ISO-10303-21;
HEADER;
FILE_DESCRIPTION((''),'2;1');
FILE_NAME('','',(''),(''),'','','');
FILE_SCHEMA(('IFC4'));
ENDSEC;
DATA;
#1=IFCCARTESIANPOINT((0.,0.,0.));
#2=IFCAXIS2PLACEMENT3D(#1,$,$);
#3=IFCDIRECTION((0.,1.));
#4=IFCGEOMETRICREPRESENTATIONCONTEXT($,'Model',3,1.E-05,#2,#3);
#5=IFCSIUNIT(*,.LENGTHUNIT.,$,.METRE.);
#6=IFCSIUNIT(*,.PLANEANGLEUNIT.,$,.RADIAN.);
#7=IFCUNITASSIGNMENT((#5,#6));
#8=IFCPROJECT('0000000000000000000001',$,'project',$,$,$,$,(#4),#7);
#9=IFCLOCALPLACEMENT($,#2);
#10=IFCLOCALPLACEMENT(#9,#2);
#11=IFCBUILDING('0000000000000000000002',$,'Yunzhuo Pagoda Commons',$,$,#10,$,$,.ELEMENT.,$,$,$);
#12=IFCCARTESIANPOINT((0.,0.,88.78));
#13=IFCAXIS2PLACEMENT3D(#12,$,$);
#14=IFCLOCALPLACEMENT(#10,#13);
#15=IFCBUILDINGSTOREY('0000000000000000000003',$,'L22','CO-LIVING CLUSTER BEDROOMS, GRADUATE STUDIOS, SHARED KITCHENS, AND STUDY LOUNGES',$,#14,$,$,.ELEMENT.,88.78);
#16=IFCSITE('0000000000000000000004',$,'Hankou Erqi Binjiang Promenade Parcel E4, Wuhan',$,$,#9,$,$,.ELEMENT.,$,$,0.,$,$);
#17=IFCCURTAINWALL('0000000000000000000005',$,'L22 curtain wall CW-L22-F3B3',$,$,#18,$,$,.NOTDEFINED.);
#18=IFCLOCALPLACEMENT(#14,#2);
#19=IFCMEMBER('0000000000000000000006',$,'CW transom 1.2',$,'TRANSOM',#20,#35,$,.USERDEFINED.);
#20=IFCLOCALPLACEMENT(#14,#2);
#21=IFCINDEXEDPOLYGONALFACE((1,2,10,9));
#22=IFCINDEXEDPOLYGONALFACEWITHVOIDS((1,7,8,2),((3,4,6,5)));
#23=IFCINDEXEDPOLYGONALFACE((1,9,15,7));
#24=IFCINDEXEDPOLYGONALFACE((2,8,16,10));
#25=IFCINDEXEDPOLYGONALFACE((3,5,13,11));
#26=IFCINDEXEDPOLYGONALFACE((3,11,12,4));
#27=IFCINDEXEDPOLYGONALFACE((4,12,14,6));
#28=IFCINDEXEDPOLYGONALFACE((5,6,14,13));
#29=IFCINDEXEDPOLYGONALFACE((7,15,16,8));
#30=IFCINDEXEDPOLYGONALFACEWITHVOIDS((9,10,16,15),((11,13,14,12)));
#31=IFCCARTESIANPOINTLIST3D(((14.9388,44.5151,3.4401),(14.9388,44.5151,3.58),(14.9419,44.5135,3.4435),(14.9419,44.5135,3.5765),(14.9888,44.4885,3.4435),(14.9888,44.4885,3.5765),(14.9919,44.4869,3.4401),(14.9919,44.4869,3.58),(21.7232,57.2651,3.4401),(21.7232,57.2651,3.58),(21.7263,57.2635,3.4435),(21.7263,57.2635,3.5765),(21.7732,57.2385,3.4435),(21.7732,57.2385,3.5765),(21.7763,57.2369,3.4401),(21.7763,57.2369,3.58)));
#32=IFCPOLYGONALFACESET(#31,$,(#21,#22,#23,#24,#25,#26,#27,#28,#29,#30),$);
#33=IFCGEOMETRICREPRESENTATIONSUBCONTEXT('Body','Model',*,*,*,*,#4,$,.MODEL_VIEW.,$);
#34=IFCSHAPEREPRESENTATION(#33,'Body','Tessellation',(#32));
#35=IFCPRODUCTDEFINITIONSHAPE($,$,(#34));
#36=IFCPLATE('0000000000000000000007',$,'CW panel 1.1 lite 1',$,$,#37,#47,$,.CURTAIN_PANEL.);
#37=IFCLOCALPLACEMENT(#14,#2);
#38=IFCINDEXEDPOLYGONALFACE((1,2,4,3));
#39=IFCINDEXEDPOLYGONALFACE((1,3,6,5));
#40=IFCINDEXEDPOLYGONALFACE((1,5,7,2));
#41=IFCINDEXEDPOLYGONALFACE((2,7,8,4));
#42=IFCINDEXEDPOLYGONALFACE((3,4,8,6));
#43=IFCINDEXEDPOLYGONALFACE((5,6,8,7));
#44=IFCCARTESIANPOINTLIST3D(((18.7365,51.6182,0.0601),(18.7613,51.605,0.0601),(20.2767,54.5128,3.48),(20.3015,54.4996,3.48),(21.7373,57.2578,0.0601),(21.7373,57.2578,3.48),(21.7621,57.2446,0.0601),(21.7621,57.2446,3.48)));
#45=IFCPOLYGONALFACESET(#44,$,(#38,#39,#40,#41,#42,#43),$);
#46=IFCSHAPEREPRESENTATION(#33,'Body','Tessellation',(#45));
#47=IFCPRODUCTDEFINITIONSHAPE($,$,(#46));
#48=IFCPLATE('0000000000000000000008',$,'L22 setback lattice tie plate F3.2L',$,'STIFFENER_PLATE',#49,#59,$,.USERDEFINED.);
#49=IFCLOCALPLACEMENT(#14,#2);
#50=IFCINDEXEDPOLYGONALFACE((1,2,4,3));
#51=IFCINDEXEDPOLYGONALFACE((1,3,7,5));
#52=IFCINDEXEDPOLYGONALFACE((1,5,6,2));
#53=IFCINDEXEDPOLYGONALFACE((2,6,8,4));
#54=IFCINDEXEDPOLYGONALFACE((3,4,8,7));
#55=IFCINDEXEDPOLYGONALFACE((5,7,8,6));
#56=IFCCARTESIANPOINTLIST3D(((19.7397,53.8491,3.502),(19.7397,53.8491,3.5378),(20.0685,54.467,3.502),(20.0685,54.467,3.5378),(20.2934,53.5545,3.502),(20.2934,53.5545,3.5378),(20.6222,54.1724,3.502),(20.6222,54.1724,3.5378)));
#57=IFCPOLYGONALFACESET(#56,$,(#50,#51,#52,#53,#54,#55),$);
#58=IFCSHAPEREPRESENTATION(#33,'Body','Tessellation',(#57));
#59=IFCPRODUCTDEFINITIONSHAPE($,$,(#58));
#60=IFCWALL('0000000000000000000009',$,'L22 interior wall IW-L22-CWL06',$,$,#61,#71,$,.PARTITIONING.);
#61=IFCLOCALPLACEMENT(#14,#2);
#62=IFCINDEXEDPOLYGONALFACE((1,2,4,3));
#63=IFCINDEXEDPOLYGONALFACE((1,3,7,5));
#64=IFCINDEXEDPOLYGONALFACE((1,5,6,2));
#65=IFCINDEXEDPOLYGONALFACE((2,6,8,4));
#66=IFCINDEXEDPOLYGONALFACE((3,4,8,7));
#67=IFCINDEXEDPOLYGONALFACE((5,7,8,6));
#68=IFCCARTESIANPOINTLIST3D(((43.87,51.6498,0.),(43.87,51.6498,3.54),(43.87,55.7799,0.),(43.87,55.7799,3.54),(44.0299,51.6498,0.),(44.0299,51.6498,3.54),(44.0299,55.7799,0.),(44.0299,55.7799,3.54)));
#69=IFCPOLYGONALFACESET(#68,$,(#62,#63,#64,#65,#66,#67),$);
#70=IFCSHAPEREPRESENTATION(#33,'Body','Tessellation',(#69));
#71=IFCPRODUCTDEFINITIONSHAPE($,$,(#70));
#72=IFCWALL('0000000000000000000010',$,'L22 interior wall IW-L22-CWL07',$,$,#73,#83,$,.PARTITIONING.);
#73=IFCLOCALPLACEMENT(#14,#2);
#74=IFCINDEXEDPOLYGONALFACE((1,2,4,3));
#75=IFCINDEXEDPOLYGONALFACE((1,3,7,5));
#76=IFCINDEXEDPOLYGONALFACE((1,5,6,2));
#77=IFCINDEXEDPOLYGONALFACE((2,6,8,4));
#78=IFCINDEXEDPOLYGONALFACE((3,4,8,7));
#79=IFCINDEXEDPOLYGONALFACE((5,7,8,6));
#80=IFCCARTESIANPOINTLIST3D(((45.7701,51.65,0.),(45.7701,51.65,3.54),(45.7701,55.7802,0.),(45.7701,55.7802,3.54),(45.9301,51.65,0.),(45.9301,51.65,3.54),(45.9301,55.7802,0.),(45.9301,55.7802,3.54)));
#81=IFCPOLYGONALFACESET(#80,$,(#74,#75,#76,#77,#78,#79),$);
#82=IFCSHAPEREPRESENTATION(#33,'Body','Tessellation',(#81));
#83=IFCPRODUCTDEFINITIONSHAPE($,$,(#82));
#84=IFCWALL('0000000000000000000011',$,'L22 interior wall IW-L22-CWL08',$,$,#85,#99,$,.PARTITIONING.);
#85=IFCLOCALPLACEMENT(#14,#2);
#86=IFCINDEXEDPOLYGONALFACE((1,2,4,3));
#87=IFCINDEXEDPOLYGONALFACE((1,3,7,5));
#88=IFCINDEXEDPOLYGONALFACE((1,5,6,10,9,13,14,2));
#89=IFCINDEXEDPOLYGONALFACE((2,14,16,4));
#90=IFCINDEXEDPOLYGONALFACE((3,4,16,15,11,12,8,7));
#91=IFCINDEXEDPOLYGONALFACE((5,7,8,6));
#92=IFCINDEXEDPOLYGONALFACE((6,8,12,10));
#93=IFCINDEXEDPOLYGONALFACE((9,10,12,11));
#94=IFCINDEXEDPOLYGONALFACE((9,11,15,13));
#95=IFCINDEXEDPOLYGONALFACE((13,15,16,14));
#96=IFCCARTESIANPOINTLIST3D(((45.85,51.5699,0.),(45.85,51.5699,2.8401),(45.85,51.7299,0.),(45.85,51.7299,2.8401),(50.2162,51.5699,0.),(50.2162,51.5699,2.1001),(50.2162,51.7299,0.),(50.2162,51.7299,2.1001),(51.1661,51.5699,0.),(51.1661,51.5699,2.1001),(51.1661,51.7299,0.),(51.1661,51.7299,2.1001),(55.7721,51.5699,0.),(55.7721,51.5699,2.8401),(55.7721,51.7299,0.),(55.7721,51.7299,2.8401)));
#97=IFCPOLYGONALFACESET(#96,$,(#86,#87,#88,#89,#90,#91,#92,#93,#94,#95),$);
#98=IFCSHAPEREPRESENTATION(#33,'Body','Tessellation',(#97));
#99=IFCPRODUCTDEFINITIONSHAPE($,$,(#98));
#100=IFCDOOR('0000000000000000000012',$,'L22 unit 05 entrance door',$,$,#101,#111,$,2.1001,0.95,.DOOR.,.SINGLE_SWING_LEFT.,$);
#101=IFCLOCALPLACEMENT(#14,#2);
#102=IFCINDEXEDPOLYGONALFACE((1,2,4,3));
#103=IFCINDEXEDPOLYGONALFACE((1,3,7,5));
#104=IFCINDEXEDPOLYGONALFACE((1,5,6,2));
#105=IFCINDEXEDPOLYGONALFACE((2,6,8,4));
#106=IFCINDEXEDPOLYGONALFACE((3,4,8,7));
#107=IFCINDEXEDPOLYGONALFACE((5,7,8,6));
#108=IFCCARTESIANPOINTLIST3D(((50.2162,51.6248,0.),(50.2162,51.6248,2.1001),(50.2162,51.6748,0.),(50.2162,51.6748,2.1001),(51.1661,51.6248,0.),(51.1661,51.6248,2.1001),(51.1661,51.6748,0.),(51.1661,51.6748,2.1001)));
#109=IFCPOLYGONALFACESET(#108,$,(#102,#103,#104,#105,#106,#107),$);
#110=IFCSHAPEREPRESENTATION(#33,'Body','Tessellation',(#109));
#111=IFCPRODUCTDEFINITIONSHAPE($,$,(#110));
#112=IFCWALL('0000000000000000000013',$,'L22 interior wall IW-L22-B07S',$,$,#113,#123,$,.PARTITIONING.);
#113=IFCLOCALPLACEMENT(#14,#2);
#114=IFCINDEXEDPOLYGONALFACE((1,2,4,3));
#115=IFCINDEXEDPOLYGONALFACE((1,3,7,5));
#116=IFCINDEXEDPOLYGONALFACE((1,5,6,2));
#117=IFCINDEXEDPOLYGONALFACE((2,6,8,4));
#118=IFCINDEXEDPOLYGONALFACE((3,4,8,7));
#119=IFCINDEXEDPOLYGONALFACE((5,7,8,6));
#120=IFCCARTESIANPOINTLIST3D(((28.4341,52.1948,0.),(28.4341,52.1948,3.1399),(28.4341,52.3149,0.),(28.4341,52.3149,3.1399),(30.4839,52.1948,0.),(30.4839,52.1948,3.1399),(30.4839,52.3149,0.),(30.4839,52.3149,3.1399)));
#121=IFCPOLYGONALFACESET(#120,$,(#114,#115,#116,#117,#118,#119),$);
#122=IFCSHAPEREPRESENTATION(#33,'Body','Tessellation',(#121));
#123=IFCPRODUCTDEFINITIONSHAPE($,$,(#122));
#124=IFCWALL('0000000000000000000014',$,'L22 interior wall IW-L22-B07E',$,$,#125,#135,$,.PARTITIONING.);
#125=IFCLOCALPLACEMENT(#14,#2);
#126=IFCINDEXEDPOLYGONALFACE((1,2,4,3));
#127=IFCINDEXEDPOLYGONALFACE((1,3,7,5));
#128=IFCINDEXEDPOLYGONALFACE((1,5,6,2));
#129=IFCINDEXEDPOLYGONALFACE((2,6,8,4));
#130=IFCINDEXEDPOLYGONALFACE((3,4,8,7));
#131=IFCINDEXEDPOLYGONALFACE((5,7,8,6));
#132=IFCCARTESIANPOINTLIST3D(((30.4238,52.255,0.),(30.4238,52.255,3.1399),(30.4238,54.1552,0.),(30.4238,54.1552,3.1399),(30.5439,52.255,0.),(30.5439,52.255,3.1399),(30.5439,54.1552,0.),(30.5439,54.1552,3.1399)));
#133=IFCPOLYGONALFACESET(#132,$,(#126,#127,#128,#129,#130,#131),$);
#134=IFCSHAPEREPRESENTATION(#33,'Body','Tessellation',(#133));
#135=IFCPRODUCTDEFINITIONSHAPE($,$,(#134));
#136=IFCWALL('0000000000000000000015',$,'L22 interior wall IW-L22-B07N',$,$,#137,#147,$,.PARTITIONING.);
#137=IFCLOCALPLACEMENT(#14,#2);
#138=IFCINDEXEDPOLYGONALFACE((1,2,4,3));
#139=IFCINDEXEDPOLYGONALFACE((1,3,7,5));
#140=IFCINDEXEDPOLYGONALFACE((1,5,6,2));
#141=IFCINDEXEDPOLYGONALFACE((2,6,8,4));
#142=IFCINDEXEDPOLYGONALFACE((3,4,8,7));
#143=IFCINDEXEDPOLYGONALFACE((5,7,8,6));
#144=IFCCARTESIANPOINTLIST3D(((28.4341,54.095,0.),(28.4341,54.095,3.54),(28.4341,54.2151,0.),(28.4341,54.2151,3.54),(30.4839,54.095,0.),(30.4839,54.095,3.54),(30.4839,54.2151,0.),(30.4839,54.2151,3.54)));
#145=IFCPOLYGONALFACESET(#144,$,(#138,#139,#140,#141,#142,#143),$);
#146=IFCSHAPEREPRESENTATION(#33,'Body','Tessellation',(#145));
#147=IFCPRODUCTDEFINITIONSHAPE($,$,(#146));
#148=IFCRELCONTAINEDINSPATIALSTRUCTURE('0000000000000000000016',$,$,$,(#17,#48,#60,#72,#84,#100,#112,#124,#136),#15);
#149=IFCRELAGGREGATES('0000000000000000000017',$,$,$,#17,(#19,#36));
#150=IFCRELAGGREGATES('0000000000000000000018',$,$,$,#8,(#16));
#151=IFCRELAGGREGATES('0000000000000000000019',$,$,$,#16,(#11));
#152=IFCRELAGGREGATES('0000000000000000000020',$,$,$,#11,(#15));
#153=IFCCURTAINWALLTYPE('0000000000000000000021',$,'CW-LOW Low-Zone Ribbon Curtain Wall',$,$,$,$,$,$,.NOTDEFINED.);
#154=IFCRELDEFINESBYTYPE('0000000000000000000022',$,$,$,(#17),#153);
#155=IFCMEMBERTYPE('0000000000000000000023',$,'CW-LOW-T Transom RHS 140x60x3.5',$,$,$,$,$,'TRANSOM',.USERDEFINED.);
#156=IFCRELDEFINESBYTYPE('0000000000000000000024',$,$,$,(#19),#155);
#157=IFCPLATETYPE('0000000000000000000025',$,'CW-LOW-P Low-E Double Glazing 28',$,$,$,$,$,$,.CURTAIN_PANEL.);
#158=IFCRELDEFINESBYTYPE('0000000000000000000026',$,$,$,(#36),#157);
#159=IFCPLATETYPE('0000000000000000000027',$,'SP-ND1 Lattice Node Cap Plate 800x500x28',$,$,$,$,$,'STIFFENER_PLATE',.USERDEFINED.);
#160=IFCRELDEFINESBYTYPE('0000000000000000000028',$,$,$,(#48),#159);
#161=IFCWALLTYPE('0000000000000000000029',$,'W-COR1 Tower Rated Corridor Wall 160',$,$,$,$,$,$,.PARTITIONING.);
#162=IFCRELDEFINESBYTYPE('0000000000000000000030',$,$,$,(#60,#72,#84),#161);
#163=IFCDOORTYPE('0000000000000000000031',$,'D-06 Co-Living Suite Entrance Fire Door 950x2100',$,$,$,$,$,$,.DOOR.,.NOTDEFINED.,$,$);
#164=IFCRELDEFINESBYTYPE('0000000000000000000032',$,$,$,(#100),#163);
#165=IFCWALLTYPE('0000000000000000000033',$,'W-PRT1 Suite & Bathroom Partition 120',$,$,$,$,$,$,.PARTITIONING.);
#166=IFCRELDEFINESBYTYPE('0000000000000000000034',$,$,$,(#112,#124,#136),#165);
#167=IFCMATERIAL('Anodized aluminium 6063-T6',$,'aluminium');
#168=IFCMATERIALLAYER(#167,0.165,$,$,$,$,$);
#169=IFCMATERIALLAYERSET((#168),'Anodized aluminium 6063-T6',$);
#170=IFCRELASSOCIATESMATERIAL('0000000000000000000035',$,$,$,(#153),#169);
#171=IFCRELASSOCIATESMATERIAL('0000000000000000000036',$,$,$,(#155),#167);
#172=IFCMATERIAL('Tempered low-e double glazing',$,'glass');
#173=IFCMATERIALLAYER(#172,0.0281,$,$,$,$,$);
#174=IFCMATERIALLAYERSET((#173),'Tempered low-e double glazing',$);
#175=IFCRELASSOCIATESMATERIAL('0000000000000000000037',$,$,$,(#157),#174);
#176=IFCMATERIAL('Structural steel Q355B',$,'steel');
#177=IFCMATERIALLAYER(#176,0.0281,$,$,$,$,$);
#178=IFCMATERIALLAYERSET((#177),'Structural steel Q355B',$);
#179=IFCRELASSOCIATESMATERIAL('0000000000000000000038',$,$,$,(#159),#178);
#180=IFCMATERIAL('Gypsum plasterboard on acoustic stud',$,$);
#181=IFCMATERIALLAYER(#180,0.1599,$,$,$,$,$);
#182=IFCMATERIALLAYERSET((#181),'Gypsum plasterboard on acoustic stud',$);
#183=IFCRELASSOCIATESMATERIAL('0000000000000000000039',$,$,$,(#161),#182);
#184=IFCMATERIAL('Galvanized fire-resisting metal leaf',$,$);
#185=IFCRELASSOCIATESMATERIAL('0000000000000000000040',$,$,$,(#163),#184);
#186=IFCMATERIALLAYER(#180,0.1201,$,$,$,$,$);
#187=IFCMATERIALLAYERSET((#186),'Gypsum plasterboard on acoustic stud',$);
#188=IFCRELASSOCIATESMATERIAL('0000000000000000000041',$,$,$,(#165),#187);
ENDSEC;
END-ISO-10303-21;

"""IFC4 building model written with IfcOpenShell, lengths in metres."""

from ifc_helpers import new_model, si_unit, direction, frame, frame_2d, origin, origin_with_axes, origin_2d, place, context, subcontext, project, spatial, polyline, rectangle, hollow_rectangle, outline, extrude, source, transform, mapped, material, layer, layer_set, material_profile, profile_set, type_object, element, fill, aggregate, save


model = new_model("IFC4")

# Units and contexts
model_context = context("Model", 3, precision=1e-05, world=origin(), true_north=direction((0.0, 1.0)))
body_context = subcontext(model_context, "Body", "Model", "MODEL_VIEW")
ifc_project = project(units=[si_unit("LENGTHUNIT", "METRE"), si_unit("PLANEANGLEUNIT", "RADIAN")], contexts=[model_context])

# Site, building, storey
site_placement = place(None, origin())
site = spatial("IfcSite", under=ifc_project, at=site_placement, Name="Hankou Erqi Binjiang Promenade Parcel E4, Wuhan", CompositionType="ELEMENT", RefElevation=0.0)
building_placement = place(site_placement, origin())
building = spatial("IfcBuilding", under=site, at=building_placement, Name="Yunzhuo Pagoda Commons", CompositionType="ELEMENT")
storey_placement = place(building_placement, frame((0.0, 0.0, 88.78)))
storey = spatial("IfcBuildingStorey", under=building, at=storey_placement, Name="L22", Description="CO-LIVING CLUSTER BEDROOMS, GRADUATE STUDIOS, SHARED KITCHENS, AND STUDY LOUNGES", CompositionType="ELEMENT", Elevation=88.78)

# Shared definitions
ifc_material_1 = material(Name="Structural steel Q355B", Category="steel")

# Shared definitions
ifc_material_2 = material(Name="Anodized aluminium 6063-T6", Category="aluminium")
ifc_layer_1 = layer(ifc_material_2, 0.165)
ifc_layer_set_1 = layer_set([ifc_layer_1], Name="Anodized aluminium 6063-T6")
curtain_wall_type = type_object("IfcCurtainWallType", Name="CW-LOW Low-Zone Ribbon Curtain Wall", PredefinedType="NOTDEFINED", material=ifc_layer_set_1)

# Curtain wall, member, plate
curtain_wall_1_placement = place(storey_placement, origin())
curtain_wall_1 = element("IfcCurtainWall", 1, at=curtain_wall_1_placement, inside=storey, type_object=curtain_wall_type, Name="L22 curtain wall CW-L22-F3B3", PredefinedType="NOTDEFINED")
ifc_material_profile_1 = material_profile(ifc_material_2, hollow_rectangle(XDim=0.0601, YDim=0.1399, WallThickness=0.0034, at=origin_2d()), Name="Anodized aluminium 6063-T6")
ifc_profile_set_1 = profile_set([ifc_material_profile_1], Name="Anodized aluminium 6063-T6")
member_type_1 = type_object("IfcMemberType", Name="CW-LOW-T Transom RHS 140x60x3.5", ElementType="TRANSOM", PredefinedType="USERDEFINED", material=ifc_profile_set_1)
shared_shape_1 = source(origin(), body_context, "Body", "SweptSolid", [
    extrude(hollow_rectangle(XDim=0.0601, YDim=0.1399, WallThickness=0.0034, at=origin_2d()), origin(), (0.0, 0.0, 1.0), 14.4426),
])
member_1_placement = place(storey_placement, frame((21.7498, 57.251, 3.51), z_axis=(-0.469748, -0.8828, 0.0), x_axis=(0.8828, -0.469748, 0.0)))
member_1 = element("IfcMember", 2, at=member_1_placement, type_object=member_type_1, Name="CW transom 1.2", ObjectType="TRANSOM", PredefinedType="USERDEFINED", context=body_context, shape_type="MappedRepresentation", body=[
    mapped(shared_shape_1, transform((0.0, 0.0, 0.0), scale=1.0)),
])
ifc_material_3 = material(Name="Tempered low-e double glazing", Category="glass")
ifc_layer_2 = layer(ifc_material_3, 0.0281)
ifc_layer_set_2 = layer_set([ifc_layer_2], Name="Tempered low-e double glazing")
plate_type_1 = type_object("IfcPlateType", Name="CW-LOW-P Low-E Double Glazing 28", PredefinedType="CURTAIN_PANEL", material=ifc_layer_set_2)
plate_1_placement = place(storey_placement, frame((20.2617, 54.4248, 1.77), z_axis=(-0.882805, 0.46974, 0.0), x_axis=(-0.46974, -0.882805, 0.0)))
plate_1 = element("IfcPlate", 3, at=plate_1_placement, type_object=plate_type_1, Name="CW panel 1.1 lite 1", PredefinedType="CURTAIN_PANEL", context=body_context, shape_type="SweptSolid", body=[
    extrude(outline(polyline([(-3.1941, -1.71), (3.1941, -1.71), (-0.0847, 1.71), (-3.1941, 1.71), (-3.1941, -1.71)])), origin(), (0.0, 0.0, 1.0), 0.0281),
])
aggregate(curtain_wall_1, [member_1, plate_1])

# Plate
ifc_layer_3 = layer(ifc_material_1, 0.0281)
ifc_layer_set_3 = layer_set([ifc_layer_3], Name="Structural steel Q355B")
plate_type_2 = type_object("IfcPlateType", Name="SP-ND1 Lattice Node Cap Plate 800x500x28", ElementType="STIFFENER_PLATE", PredefinedType="USERDEFINED", material=ifc_layer_set_3)
shared_shape_2 = source(origin(), body_context, "Body", "SweptSolid", [
    extrude(rectangle(XDim=0.7, YDim=0.6272, at=origin_2d()), origin(), (0.0, 0.0, 1.0), 0.0359),
])
plate_2_placement = place(storey_placement, frame((20.1809, 54.0107, 3.502), z_axis=(0.0, 0.0, 1.0), x_axis=(-0.469734, -0.882808, 0.0)))
element("IfcPlate", 4, at=plate_2_placement, inside=storey, type_object=plate_type_2, Name="L22 setback lattice tie plate F3.2L", ObjectType="STIFFENER_PLATE", PredefinedType="USERDEFINED", context=body_context, shape_type="MappedRepresentation", body=[
    mapped(shared_shape_2, transform((0.0, 0.0, 0.0), scale=1.0)),
])

# Walls
ifc_material_4 = material(Name="Gypsum plasterboard on acoustic stud")
ifc_layer_4 = layer(ifc_material_4, 0.1599)
ifc_layer_set_4 = layer_set([ifc_layer_4], Name="Gypsum plasterboard on acoustic stud")
wall_type_1 = type_object("IfcWallType", Name="W-COR1 Tower Rated Corridor Wall 160", PredefinedType="PARTITIONING", material=ifc_layer_set_4)
for number, where, z_axis, x_axis, name in (
    (5, (43.95, 51.6499, 0.0), (0.0, 0.0, 1.0), (0.0, 1.0, 0.0), "L22 interior wall IW-L22-CWL06"),
    (6, (45.8501, 55.78, 0.0), (0.0, 0.0, 1.0), (0.0, -1.0, 0.0), "L22 interior wall IW-L22-CWL07"),
):
    element("IfcWall", number, at=place(storey_placement, frame(where, z_axis=z_axis, x_axis=x_axis)), inside=storey, type_object=wall_type_1, Name=name, PredefinedType="PARTITIONING", context=body_context, shape_type="SweptSolid", body=[
        extrude(rectangle(XDim=4.1301, YDim=0.1599, at=frame_2d((2.0649, 0.0))), origin(), (0.0, 0.0, 1.0), 3.54),
    ])

# Wall, opening, door
wall_1_placement = place(storey_placement, frame((45.8501, 51.6499, 0.0), z_axis=(0.0, 0.0, 1.0), x_axis=(1.0, 0.0, 0.0)))
wall_1 = element("IfcWall", 7, at=wall_1_placement, inside=storey, type_object=wall_type_1, Name="L22 interior wall IW-L22-CWL08", PredefinedType="PARTITIONING", context=body_context, shape_type="SweptSolid", body=[
    extrude(rectangle(XDim=9.9221, YDim=0.1599, at=frame_2d((4.9609, 0.0))), origin(), (0.0, 0.0, 1.0), 2.8401),
])
opening_1_placement = place(wall_1_placement, frame((4.366, 0.0, 0.0)))
opening_1 = element("IfcOpeningElement", 8, at=opening_1_placement, cuts=wall_1, PredefinedType="OPENING", context=body_context, shape_type="SweptSolid", body=[
    extrude(rectangle(XDim=0.95, YDim=2.1001, at=frame_2d((0.4751, 1.05))), frame((0.0, 0.0898, 0.0), z_axis=(0.0, -1.0, 0.0), x_axis=(1.0, 0.0, 0.0)), (0.0, 0.0, 1.0), 0.1799),
])
ifc_material_5 = material(Name="Galvanized fire-resisting metal leaf")
door_type_1 = type_object("IfcDoorType", Name="D-06 Co-Living Suite Entrance Fire Door 950x2100", OperationType="NOTDEFINED", PredefinedType="DOOR", material=ifc_material_5)
shared_shape_3 = source(origin(), body_context, "Body", "SweptSolid", [
    extrude(rectangle(XDim=0.95, YDim=2.1001, at=frame_2d((0.4751, 1.05))), frame((0.0, 0.0249, 0.0), z_axis=(0.0, -1.0, 0.0), x_axis=(1.0, 0.0, 0.0)), (0.0, 0.0, 1.0), 0.05),
])
door_1_placement = place(opening_1_placement, origin_with_axes())
door_1 = element("IfcDoor", 9, at=door_1_placement, inside=storey, type_object=door_type_1, Name="L22 unit 05 entrance door", OperationType="SINGLE_SWING_LEFT", OverallHeight=2.1001, OverallWidth=0.95, PredefinedType="DOOR", context=body_context, shape_type="MappedRepresentation", body=[
    mapped(shared_shape_3, transform((0.0, 0.0, 0.0), scale=1.0)),
])
fill(opening_1, door_1)

# Walls
ifc_layer_5 = layer(ifc_material_4, 0.1201)
ifc_layer_set_5 = layer_set([ifc_layer_5], Name="Gypsum plasterboard on acoustic stud")
wall_type_2 = type_object("IfcWallType", Name="W-PRT1 Suite & Bathroom Partition 120", PredefinedType="PARTITIONING", material=ifc_layer_set_5)
wall_2_placement = place(storey_placement, frame((28.4341, 52.2549, 0.0), z_axis=(0.0, 0.0, 1.0), x_axis=(1.0, 0.0, 0.0)))
element("IfcWall", 10, at=wall_2_placement, inside=storey, type_object=wall_type_2, Name="L22 interior wall IW-L22-B07S", PredefinedType="PARTITIONING", context=body_context, shape_type="SweptSolid", body=[
    extrude(rectangle(XDim=2.0498, YDim=0.1201, at=frame_2d((1.0249, 0.0))), origin(), (0.0, 0.0, 1.0), 3.1399),
])
wall_3_placement = place(storey_placement, frame((30.4839, 52.2549, 0.0), z_axis=(0.0, 0.0, 1.0), x_axis=(0.0, 1.0, 0.0)))
element("IfcWall", 11, at=wall_3_placement, inside=storey, type_object=wall_type_2, Name="L22 interior wall IW-L22-B07E", PredefinedType="PARTITIONING", context=body_context, shape_type="SweptSolid", body=[
    extrude(rectangle(XDim=1.9001, YDim=0.1201, at=frame_2d((0.9502, 0.0))), origin(), (0.0, 0.0, 1.0), 3.1399),
])
wall_4_placement = place(storey_placement, frame((30.4839, 54.155, 0.0), z_axis=(0.0, 0.0, 1.0), x_axis=(-1.0, 0.0, 0.0)))
element("IfcWall", 12, at=wall_4_placement, inside=storey, type_object=wall_type_2, Name="L22 interior wall IW-L22-B07N", PredefinedType="PARTITIONING", context=body_context, shape_type="SweptSolid", body=[
    extrude(rectangle(XDim=2.0498, YDim=0.1201, at=frame_2d((1.0249, 0.0))), origin(), (0.0, 0.0, 1.0), 3.54),
])

save(model, "model.ifc")
